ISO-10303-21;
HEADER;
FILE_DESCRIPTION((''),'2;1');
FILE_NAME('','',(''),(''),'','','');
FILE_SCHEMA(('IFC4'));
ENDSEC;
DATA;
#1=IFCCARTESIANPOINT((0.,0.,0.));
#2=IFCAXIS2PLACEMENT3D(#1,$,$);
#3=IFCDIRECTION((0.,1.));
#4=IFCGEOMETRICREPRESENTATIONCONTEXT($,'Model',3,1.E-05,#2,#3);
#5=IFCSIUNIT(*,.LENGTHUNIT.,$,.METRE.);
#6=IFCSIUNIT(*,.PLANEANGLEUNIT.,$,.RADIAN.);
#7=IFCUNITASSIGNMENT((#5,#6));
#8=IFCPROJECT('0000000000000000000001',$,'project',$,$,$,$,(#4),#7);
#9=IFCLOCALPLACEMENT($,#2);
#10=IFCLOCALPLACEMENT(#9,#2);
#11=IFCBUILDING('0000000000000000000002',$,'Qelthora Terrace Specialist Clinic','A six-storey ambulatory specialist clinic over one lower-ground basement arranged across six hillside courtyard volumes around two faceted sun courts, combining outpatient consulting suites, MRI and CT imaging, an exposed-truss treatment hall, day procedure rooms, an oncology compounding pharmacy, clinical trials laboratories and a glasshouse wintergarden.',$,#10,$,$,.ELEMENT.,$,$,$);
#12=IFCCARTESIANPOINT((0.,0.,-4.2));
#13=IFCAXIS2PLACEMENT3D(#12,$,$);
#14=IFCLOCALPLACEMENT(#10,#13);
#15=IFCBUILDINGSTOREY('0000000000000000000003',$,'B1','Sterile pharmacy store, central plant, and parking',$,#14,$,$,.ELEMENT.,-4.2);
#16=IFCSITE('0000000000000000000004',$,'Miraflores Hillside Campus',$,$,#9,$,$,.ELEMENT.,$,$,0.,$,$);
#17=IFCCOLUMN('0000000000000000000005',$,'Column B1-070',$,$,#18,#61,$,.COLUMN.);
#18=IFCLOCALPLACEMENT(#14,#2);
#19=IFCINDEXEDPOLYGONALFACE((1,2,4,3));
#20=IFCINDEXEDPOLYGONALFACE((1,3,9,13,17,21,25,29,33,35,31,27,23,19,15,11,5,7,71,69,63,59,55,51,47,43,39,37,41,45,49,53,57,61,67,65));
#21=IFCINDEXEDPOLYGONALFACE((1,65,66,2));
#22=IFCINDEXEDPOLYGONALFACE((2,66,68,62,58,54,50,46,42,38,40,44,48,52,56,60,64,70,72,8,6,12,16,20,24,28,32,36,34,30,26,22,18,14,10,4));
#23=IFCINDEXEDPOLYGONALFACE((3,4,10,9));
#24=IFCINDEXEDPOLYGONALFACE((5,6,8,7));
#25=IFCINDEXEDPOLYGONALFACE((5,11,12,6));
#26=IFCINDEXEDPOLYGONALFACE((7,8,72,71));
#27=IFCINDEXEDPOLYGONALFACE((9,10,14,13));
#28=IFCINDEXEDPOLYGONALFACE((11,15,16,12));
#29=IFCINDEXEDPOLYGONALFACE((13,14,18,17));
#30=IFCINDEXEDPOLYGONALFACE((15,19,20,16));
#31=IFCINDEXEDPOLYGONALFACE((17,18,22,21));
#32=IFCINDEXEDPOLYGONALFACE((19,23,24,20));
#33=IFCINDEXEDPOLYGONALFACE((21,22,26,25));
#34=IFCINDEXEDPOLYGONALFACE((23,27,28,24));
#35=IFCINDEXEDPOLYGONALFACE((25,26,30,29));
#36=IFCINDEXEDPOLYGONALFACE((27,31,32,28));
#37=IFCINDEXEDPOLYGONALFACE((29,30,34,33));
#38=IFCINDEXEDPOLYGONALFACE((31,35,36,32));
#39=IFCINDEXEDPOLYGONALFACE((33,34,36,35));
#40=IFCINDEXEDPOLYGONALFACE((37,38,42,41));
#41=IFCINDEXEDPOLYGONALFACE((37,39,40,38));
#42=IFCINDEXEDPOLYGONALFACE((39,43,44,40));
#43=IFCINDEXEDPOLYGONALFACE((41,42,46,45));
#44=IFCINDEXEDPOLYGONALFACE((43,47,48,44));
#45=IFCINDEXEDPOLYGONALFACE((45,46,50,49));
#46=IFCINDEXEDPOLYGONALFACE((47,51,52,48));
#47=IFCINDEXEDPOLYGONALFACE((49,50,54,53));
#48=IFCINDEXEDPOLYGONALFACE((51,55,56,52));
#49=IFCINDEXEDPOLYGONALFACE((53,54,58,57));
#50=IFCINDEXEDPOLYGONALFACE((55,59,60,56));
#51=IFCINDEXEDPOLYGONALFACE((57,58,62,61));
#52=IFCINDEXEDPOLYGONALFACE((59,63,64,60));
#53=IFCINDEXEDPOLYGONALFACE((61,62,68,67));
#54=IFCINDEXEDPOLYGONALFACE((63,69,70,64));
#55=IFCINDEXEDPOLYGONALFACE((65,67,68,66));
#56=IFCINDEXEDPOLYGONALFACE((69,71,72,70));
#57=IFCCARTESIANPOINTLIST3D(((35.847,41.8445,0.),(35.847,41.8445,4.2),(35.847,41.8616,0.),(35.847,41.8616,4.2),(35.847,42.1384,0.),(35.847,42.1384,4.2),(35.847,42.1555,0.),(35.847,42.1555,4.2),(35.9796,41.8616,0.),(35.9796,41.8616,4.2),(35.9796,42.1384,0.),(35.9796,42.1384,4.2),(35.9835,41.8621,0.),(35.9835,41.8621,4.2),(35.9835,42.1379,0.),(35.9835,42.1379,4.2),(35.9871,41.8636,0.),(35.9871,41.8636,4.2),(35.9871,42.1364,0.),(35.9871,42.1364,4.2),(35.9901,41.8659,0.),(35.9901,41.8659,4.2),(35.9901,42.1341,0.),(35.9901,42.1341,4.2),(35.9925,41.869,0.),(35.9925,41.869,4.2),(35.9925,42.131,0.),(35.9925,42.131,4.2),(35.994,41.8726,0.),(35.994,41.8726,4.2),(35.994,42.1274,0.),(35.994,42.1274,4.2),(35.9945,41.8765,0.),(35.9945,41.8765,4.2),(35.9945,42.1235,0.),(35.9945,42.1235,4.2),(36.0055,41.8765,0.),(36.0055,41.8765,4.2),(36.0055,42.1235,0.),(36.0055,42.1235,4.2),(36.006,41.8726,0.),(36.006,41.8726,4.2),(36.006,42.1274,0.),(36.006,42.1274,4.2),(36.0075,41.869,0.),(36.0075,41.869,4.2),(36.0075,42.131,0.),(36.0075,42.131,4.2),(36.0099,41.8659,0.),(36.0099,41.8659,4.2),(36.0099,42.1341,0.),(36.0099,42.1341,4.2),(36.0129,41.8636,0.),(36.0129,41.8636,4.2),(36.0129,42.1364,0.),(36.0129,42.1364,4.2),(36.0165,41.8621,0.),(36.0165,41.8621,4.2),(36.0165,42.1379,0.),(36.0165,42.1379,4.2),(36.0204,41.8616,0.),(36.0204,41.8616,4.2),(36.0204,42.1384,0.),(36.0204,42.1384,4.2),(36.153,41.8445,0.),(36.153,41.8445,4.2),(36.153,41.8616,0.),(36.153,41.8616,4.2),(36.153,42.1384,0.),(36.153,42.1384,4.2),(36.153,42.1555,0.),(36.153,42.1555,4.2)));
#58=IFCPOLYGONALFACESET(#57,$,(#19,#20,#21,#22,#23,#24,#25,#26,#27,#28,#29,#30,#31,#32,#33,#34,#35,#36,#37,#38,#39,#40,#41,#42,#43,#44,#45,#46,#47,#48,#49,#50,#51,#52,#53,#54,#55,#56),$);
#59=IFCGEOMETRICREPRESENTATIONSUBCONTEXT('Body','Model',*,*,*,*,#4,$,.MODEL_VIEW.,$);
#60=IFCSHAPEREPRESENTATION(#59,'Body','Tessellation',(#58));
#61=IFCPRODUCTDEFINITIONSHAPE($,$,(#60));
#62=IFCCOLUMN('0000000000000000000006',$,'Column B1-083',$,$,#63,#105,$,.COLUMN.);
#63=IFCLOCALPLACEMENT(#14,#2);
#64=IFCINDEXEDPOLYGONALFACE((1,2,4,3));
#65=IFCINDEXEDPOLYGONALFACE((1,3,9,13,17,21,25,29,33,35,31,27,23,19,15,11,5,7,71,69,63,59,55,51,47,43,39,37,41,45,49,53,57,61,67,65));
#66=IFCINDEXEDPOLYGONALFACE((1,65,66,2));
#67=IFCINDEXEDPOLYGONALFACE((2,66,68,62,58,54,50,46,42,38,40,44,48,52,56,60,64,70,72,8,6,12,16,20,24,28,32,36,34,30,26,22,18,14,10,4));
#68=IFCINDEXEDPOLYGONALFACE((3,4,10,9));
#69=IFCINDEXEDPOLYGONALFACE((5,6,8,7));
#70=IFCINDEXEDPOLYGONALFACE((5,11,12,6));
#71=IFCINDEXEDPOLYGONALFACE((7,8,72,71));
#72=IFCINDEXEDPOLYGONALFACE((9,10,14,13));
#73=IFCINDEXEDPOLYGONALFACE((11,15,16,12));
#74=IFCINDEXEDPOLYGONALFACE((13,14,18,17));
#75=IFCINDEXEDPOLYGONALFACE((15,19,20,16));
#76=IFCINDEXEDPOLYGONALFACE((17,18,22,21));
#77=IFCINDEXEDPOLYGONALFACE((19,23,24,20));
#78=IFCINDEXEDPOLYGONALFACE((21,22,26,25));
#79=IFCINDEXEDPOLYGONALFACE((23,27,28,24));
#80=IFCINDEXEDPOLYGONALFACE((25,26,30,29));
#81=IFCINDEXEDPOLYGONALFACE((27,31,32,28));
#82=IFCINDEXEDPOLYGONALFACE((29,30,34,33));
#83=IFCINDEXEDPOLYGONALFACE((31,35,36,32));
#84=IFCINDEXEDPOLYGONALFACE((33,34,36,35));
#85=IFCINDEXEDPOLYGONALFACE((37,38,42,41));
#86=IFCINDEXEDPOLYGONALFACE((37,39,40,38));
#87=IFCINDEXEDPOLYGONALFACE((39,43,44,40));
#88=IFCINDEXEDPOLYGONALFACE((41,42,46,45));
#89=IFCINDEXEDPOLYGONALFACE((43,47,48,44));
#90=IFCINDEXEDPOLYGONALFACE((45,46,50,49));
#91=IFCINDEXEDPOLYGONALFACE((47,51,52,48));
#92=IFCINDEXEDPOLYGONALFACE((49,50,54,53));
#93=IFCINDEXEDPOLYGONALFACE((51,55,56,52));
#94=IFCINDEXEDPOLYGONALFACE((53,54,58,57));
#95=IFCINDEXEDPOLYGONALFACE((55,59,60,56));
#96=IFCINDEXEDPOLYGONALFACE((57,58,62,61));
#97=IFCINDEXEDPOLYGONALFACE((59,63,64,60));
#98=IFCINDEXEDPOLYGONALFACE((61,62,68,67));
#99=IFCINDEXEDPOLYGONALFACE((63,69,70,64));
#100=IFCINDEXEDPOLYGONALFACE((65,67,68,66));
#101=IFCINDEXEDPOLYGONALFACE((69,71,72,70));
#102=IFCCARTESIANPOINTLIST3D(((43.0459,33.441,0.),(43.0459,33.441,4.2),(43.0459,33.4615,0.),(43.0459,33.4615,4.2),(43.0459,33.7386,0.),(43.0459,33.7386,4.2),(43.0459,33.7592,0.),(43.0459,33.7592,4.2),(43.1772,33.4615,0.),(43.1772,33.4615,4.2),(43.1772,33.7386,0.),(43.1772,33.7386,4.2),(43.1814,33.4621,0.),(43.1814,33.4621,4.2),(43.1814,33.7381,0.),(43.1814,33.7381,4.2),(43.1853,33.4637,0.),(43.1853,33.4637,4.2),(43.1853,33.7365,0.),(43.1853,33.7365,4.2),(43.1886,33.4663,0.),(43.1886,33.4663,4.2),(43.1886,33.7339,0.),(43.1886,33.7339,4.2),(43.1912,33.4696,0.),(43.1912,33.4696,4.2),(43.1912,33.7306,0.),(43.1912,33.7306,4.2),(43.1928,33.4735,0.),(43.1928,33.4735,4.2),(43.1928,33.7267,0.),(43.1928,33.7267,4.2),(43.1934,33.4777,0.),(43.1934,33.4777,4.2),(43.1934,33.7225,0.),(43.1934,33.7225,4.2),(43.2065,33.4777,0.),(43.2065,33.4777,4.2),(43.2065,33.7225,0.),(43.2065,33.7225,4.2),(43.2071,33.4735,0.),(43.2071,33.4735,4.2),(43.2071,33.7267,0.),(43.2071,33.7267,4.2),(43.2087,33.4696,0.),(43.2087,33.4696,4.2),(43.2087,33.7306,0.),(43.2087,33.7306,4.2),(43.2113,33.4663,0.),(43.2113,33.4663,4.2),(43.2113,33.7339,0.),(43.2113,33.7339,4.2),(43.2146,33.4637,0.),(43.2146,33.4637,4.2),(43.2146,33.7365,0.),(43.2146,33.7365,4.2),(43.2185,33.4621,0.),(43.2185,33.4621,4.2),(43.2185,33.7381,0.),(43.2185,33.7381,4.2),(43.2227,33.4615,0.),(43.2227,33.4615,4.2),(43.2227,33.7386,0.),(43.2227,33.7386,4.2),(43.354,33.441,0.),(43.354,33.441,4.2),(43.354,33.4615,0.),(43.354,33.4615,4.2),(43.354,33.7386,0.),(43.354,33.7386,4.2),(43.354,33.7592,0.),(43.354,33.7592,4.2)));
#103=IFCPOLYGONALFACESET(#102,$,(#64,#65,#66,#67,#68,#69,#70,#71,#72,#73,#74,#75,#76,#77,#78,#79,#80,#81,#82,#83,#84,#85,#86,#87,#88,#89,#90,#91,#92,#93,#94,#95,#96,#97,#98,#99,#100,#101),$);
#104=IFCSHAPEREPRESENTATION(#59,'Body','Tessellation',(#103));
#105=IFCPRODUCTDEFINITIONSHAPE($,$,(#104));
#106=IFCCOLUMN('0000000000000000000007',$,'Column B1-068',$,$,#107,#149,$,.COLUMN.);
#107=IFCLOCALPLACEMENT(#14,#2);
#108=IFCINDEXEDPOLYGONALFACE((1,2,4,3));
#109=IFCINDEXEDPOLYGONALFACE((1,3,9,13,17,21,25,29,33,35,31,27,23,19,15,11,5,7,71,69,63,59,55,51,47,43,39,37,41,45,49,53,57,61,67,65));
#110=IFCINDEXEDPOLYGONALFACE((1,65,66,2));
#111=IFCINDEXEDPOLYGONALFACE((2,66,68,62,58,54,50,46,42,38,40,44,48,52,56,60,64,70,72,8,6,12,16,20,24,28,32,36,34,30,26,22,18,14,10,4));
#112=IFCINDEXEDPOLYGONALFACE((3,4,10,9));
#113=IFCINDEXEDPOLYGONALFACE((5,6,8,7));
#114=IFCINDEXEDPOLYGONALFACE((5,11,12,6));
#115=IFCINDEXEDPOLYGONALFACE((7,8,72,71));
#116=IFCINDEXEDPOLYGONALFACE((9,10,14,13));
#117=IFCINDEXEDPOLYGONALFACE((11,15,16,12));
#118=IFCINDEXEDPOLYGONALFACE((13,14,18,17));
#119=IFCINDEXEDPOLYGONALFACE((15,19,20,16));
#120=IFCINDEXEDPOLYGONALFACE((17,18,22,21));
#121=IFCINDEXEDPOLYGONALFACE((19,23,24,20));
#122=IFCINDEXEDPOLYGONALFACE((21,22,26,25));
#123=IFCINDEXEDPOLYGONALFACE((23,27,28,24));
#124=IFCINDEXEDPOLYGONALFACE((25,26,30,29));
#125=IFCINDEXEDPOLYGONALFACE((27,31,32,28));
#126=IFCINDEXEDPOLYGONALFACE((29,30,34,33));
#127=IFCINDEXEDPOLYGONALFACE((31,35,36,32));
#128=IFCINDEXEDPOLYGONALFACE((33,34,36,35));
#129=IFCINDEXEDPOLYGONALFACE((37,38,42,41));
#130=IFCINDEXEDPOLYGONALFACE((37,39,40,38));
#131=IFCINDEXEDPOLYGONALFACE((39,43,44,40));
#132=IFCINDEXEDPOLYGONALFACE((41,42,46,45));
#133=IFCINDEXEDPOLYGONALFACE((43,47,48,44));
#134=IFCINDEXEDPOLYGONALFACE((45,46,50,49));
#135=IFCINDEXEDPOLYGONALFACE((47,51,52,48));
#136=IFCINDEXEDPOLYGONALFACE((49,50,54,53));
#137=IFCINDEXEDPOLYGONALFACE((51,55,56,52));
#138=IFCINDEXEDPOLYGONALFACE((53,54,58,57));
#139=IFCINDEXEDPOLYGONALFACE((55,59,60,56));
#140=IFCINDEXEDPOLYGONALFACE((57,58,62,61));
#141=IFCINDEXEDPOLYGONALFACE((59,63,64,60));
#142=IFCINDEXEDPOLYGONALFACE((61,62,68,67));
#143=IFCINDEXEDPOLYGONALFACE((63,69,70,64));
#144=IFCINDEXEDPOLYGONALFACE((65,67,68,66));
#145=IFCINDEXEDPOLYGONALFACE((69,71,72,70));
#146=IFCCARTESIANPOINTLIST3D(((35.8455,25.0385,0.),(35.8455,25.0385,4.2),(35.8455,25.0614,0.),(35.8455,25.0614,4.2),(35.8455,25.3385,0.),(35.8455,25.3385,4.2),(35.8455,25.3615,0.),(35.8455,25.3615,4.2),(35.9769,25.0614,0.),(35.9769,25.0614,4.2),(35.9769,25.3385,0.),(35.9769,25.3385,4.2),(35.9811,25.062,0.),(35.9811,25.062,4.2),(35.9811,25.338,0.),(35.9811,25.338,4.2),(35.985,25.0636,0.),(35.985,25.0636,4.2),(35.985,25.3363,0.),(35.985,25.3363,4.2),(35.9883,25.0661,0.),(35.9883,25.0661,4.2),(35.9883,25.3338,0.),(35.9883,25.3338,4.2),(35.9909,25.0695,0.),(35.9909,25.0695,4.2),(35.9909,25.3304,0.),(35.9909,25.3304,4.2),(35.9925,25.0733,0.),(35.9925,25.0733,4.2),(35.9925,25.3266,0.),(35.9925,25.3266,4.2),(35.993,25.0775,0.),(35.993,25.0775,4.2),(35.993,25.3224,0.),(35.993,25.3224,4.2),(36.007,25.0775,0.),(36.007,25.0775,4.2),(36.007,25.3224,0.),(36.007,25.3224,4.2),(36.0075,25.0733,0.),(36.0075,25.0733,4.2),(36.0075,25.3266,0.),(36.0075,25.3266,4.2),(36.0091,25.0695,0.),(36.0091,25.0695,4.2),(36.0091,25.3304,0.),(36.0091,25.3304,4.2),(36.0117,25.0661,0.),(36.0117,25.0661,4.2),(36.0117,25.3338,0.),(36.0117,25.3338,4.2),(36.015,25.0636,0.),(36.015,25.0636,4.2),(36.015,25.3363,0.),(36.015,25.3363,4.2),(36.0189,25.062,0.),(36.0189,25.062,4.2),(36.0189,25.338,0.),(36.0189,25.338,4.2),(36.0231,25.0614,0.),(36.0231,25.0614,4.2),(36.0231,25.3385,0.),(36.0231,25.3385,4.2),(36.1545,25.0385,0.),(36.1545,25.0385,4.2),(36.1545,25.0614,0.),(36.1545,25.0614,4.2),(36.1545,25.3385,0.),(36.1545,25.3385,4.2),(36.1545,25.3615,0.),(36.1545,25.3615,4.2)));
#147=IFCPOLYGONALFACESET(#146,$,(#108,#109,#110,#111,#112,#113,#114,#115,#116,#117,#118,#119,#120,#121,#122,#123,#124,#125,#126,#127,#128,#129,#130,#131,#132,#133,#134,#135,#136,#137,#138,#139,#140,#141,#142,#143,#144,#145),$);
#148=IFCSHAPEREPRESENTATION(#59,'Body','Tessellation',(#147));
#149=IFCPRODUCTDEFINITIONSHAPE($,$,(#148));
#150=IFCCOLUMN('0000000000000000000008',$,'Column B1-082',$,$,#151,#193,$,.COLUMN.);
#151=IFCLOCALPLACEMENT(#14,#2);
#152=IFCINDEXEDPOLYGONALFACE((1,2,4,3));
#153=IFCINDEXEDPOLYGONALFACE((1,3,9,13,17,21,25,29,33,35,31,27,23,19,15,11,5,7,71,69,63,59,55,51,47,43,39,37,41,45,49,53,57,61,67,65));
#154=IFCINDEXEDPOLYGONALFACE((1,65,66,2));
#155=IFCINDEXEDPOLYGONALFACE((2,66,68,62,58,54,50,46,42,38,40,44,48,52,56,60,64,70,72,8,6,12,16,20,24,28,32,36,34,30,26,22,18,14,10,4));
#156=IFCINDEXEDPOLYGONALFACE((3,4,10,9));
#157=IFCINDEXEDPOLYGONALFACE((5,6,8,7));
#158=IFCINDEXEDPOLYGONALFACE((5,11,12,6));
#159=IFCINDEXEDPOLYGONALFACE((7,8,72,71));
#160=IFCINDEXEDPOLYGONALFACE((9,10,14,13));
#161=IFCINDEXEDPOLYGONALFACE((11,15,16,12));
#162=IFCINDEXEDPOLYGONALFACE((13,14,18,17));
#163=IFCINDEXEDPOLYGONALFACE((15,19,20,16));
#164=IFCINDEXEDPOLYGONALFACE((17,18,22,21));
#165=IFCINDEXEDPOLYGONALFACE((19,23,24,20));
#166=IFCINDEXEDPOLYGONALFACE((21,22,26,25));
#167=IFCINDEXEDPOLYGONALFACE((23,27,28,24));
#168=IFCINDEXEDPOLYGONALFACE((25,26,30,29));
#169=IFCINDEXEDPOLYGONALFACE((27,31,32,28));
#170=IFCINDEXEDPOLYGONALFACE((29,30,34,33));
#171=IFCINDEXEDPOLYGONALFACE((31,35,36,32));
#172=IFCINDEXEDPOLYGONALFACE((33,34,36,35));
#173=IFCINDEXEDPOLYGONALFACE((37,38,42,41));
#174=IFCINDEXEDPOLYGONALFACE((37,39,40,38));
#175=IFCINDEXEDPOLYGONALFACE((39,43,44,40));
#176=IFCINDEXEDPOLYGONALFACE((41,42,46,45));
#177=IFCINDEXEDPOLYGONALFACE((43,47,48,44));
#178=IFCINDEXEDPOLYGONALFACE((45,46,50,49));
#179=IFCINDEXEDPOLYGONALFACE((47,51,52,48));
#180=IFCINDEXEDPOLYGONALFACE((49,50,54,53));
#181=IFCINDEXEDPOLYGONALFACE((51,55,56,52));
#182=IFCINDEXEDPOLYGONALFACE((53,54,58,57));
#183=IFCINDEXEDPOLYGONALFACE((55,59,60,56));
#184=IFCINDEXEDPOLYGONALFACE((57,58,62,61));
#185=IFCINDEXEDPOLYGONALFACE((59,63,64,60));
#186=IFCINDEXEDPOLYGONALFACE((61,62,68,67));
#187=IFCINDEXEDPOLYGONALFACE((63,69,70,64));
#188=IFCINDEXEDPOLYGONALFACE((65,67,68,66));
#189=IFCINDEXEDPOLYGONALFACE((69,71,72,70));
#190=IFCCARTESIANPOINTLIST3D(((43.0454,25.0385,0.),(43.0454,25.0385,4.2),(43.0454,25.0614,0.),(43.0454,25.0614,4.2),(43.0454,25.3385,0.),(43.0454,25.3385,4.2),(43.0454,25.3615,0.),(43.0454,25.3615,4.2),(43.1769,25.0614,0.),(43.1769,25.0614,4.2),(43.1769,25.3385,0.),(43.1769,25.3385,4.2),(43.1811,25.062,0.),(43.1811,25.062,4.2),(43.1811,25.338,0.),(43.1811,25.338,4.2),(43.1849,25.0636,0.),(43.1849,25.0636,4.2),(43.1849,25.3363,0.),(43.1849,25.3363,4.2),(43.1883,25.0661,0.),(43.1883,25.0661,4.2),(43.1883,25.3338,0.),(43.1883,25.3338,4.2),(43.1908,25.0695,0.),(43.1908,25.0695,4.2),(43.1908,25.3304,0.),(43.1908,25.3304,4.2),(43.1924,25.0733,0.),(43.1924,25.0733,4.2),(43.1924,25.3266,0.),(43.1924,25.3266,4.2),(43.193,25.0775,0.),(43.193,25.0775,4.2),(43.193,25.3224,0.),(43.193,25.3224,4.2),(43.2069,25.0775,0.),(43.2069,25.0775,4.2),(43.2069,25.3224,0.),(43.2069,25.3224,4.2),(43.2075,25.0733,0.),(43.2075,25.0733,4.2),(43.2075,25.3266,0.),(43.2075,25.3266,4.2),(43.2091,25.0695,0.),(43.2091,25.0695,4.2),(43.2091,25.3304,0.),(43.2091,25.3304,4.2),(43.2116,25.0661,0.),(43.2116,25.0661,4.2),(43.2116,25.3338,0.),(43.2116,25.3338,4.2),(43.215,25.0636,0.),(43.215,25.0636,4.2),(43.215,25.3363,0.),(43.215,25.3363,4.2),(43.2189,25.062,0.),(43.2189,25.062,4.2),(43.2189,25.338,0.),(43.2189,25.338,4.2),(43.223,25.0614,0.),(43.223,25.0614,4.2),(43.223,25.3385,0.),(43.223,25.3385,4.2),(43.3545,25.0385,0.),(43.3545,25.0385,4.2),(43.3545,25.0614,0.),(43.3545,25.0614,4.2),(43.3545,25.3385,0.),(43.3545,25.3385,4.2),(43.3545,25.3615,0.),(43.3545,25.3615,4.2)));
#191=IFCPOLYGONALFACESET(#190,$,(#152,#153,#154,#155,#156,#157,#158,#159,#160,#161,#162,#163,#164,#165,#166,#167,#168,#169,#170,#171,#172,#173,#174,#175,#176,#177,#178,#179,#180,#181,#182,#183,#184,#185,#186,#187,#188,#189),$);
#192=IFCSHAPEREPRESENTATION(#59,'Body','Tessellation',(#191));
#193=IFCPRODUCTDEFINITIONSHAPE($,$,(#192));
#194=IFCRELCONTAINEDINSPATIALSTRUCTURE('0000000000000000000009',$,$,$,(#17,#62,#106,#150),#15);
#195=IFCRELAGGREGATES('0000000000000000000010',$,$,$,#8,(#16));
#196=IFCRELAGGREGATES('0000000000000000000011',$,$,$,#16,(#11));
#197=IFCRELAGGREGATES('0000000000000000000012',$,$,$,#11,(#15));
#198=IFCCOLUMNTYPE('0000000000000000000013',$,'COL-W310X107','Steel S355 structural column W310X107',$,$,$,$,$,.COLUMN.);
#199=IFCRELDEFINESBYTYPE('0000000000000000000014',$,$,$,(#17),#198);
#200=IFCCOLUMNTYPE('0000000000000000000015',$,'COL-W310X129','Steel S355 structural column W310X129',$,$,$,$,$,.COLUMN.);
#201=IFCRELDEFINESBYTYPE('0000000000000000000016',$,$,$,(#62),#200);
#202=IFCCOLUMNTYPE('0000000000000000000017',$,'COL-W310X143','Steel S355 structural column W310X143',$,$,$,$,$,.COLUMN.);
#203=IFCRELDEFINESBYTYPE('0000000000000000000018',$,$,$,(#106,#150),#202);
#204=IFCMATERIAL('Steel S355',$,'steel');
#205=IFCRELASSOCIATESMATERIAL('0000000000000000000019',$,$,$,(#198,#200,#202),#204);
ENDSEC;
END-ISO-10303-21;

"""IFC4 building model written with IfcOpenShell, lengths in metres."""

from ifc_helpers import new_model, si_unit, direction, frame, origin, origin_2d, place, context, subcontext, project, spatial, i_section, extrude, material, material_profile, profile_set, type_object, element, save


model = new_model("IFC4")

# Units and contexts
model_context = context("Model", 3, precision=1e-05, world=origin(), true_north=direction((0.0, 1.0)))
body_context = subcontext(model_context, "Body", "Model", "MODEL_VIEW")
ifc_project = project(units=[si_unit("LENGTHUNIT", "METRE"), si_unit("PLANEANGLEUNIT", "RADIAN")], contexts=[model_context])

# Site, building, storey
site_placement = place(None, origin())
site = spatial("IfcSite", under=ifc_project, at=site_placement, Name="Miraflores Hillside Campus", CompositionType="ELEMENT", RefElevation=0.0)
building_placement = place(site_placement, origin())
building = spatial("IfcBuilding", under=site, at=building_placement, Name="Qelthora Terrace Specialist Clinic", Description="A six-storey ambulatory specialist clinic over one lower-ground basement arranged across six hillside courtyard volumes around two faceted sun courts, combining outpatient consulting suites, MRI and CT imaging, an exposed-truss treatment hall, day procedure rooms, an oncology compounding pharmacy, clinical trials laboratories and a glasshouse wintergarden.", CompositionType="ELEMENT")
storey_placement = place(building_placement, frame((0.0, 0.0, -4.2)))
storey = spatial("IfcBuildingStorey", under=building, at=storey_placement, Name="B1", Description="Sterile pharmacy store, central plant, and parking", CompositionType="ELEMENT", Elevation=-4.2)

# Columns
ifc_material_1 = material(Name="Steel S355", Category="steel")
ifc_material_profile_1 = material_profile(ifc_material_1, i_section(OverallWidth=0.3059, OverallDepth=0.311, WebThickness=0.011, FlangeThickness=0.0171, FilletRadius=0.0149, at=origin_2d()), Name="W310X107")
ifc_profile_set_1 = profile_set([ifc_material_profile_1], Name="Steel S355")
column_type_1 = type_object("IfcColumnType", Name="COL-W310X107", Description="Steel S355 structural column W310X107", PredefinedType="COLUMN", material=ifc_profile_set_1)
column_1_placement = place(storey_placement, frame((36.0, 42.0, 0.0), z_axis=(0.0, 0.0, 1.0), x_axis=(1.0, 0.0, 0.0)))
element("IfcColumn", 1, at=column_1_placement, inside=storey, type_object=column_type_1, Name="Column B1-070", PredefinedType="COLUMN", context=body_context, shape_type="SweptSolid", body=[
    extrude(i_section(OverallWidth=0.3059, OverallDepth=0.311, WebThickness=0.011, FlangeThickness=0.0171, FilletRadius=0.0149, at=origin_2d()), origin(), (0.0, 0.0, 1.0), 4.2),
])
ifc_material_profile_2 = material_profile(ifc_material_1, i_section(OverallWidth=0.3081, OverallDepth=0.3181, WebThickness=0.0132, FlangeThickness=0.0205, FilletRadius=0.0161, at=origin_2d()), Name="W310X129")
ifc_profile_set_2 = profile_set([ifc_material_profile_2], Name="Steel S355")
column_type_2 = type_object("IfcColumnType", Name="COL-W310X129", Description="Steel S355 structural column W310X129", PredefinedType="COLUMN", material=ifc_profile_set_2)
column_2_placement = place(storey_placement, frame((43.2, 33.6001, 0.0), z_axis=(0.0, 0.0, 1.0), x_axis=(1.0, 0.0, 0.0)))
element("IfcColumn", 2, at=column_2_placement, inside=storey, type_object=column_type_2, Name="Column B1-083", PredefinedType="COLUMN", context=body_context, shape_type="SweptSolid", body=[
    extrude(i_section(OverallWidth=0.3081, OverallDepth=0.3181, WebThickness=0.0132, FlangeThickness=0.0205, FilletRadius=0.0161, at=origin_2d()), origin(), (0.0, 0.0, 1.0), 4.2),
])
ifc_material_profile_3 = material_profile(ifc_material_1, i_section(OverallWidth=0.3091, OverallDepth=0.323, WebThickness=0.0139, FlangeThickness=0.0229, FilletRadius=0.0161, at=origin_2d()), Name="W310X143")
ifc_profile_set_3 = profile_set([ifc_material_profile_3], Name="Steel S355")
column_type_3 = type_object("IfcColumnType", Name="COL-W310X143", Description="Steel S355 structural column W310X143", PredefinedType="COLUMN", material=ifc_profile_set_3)
for number, where, z_axis, x_axis, name in (
    (3, (36.0, 25.2, 0.0), (0.0, 0.0, 1.0), (1.0, 0.0, 0.0), "Column B1-068"),
    (4, (43.2, 25.2, 0.0), (0.0, 0.0, 1.0), (1.0, 0.0, 0.0), "Column B1-082"),
):
    element("IfcColumn", number, at=place(storey_placement, frame(where, z_axis=z_axis, x_axis=x_axis)), inside=storey, type_object=column_type_3, Name=name, PredefinedType="COLUMN", context=body_context, shape_type="SweptSolid", body=[
        extrude(i_section(OverallWidth=0.3091, OverallDepth=0.323, WebThickness=0.0139, FlangeThickness=0.0229, FilletRadius=0.0161, at=origin_2d()), origin(), (0.0, 0.0, 1.0), 4.2),
    ])

save(model, "model.ifc")
